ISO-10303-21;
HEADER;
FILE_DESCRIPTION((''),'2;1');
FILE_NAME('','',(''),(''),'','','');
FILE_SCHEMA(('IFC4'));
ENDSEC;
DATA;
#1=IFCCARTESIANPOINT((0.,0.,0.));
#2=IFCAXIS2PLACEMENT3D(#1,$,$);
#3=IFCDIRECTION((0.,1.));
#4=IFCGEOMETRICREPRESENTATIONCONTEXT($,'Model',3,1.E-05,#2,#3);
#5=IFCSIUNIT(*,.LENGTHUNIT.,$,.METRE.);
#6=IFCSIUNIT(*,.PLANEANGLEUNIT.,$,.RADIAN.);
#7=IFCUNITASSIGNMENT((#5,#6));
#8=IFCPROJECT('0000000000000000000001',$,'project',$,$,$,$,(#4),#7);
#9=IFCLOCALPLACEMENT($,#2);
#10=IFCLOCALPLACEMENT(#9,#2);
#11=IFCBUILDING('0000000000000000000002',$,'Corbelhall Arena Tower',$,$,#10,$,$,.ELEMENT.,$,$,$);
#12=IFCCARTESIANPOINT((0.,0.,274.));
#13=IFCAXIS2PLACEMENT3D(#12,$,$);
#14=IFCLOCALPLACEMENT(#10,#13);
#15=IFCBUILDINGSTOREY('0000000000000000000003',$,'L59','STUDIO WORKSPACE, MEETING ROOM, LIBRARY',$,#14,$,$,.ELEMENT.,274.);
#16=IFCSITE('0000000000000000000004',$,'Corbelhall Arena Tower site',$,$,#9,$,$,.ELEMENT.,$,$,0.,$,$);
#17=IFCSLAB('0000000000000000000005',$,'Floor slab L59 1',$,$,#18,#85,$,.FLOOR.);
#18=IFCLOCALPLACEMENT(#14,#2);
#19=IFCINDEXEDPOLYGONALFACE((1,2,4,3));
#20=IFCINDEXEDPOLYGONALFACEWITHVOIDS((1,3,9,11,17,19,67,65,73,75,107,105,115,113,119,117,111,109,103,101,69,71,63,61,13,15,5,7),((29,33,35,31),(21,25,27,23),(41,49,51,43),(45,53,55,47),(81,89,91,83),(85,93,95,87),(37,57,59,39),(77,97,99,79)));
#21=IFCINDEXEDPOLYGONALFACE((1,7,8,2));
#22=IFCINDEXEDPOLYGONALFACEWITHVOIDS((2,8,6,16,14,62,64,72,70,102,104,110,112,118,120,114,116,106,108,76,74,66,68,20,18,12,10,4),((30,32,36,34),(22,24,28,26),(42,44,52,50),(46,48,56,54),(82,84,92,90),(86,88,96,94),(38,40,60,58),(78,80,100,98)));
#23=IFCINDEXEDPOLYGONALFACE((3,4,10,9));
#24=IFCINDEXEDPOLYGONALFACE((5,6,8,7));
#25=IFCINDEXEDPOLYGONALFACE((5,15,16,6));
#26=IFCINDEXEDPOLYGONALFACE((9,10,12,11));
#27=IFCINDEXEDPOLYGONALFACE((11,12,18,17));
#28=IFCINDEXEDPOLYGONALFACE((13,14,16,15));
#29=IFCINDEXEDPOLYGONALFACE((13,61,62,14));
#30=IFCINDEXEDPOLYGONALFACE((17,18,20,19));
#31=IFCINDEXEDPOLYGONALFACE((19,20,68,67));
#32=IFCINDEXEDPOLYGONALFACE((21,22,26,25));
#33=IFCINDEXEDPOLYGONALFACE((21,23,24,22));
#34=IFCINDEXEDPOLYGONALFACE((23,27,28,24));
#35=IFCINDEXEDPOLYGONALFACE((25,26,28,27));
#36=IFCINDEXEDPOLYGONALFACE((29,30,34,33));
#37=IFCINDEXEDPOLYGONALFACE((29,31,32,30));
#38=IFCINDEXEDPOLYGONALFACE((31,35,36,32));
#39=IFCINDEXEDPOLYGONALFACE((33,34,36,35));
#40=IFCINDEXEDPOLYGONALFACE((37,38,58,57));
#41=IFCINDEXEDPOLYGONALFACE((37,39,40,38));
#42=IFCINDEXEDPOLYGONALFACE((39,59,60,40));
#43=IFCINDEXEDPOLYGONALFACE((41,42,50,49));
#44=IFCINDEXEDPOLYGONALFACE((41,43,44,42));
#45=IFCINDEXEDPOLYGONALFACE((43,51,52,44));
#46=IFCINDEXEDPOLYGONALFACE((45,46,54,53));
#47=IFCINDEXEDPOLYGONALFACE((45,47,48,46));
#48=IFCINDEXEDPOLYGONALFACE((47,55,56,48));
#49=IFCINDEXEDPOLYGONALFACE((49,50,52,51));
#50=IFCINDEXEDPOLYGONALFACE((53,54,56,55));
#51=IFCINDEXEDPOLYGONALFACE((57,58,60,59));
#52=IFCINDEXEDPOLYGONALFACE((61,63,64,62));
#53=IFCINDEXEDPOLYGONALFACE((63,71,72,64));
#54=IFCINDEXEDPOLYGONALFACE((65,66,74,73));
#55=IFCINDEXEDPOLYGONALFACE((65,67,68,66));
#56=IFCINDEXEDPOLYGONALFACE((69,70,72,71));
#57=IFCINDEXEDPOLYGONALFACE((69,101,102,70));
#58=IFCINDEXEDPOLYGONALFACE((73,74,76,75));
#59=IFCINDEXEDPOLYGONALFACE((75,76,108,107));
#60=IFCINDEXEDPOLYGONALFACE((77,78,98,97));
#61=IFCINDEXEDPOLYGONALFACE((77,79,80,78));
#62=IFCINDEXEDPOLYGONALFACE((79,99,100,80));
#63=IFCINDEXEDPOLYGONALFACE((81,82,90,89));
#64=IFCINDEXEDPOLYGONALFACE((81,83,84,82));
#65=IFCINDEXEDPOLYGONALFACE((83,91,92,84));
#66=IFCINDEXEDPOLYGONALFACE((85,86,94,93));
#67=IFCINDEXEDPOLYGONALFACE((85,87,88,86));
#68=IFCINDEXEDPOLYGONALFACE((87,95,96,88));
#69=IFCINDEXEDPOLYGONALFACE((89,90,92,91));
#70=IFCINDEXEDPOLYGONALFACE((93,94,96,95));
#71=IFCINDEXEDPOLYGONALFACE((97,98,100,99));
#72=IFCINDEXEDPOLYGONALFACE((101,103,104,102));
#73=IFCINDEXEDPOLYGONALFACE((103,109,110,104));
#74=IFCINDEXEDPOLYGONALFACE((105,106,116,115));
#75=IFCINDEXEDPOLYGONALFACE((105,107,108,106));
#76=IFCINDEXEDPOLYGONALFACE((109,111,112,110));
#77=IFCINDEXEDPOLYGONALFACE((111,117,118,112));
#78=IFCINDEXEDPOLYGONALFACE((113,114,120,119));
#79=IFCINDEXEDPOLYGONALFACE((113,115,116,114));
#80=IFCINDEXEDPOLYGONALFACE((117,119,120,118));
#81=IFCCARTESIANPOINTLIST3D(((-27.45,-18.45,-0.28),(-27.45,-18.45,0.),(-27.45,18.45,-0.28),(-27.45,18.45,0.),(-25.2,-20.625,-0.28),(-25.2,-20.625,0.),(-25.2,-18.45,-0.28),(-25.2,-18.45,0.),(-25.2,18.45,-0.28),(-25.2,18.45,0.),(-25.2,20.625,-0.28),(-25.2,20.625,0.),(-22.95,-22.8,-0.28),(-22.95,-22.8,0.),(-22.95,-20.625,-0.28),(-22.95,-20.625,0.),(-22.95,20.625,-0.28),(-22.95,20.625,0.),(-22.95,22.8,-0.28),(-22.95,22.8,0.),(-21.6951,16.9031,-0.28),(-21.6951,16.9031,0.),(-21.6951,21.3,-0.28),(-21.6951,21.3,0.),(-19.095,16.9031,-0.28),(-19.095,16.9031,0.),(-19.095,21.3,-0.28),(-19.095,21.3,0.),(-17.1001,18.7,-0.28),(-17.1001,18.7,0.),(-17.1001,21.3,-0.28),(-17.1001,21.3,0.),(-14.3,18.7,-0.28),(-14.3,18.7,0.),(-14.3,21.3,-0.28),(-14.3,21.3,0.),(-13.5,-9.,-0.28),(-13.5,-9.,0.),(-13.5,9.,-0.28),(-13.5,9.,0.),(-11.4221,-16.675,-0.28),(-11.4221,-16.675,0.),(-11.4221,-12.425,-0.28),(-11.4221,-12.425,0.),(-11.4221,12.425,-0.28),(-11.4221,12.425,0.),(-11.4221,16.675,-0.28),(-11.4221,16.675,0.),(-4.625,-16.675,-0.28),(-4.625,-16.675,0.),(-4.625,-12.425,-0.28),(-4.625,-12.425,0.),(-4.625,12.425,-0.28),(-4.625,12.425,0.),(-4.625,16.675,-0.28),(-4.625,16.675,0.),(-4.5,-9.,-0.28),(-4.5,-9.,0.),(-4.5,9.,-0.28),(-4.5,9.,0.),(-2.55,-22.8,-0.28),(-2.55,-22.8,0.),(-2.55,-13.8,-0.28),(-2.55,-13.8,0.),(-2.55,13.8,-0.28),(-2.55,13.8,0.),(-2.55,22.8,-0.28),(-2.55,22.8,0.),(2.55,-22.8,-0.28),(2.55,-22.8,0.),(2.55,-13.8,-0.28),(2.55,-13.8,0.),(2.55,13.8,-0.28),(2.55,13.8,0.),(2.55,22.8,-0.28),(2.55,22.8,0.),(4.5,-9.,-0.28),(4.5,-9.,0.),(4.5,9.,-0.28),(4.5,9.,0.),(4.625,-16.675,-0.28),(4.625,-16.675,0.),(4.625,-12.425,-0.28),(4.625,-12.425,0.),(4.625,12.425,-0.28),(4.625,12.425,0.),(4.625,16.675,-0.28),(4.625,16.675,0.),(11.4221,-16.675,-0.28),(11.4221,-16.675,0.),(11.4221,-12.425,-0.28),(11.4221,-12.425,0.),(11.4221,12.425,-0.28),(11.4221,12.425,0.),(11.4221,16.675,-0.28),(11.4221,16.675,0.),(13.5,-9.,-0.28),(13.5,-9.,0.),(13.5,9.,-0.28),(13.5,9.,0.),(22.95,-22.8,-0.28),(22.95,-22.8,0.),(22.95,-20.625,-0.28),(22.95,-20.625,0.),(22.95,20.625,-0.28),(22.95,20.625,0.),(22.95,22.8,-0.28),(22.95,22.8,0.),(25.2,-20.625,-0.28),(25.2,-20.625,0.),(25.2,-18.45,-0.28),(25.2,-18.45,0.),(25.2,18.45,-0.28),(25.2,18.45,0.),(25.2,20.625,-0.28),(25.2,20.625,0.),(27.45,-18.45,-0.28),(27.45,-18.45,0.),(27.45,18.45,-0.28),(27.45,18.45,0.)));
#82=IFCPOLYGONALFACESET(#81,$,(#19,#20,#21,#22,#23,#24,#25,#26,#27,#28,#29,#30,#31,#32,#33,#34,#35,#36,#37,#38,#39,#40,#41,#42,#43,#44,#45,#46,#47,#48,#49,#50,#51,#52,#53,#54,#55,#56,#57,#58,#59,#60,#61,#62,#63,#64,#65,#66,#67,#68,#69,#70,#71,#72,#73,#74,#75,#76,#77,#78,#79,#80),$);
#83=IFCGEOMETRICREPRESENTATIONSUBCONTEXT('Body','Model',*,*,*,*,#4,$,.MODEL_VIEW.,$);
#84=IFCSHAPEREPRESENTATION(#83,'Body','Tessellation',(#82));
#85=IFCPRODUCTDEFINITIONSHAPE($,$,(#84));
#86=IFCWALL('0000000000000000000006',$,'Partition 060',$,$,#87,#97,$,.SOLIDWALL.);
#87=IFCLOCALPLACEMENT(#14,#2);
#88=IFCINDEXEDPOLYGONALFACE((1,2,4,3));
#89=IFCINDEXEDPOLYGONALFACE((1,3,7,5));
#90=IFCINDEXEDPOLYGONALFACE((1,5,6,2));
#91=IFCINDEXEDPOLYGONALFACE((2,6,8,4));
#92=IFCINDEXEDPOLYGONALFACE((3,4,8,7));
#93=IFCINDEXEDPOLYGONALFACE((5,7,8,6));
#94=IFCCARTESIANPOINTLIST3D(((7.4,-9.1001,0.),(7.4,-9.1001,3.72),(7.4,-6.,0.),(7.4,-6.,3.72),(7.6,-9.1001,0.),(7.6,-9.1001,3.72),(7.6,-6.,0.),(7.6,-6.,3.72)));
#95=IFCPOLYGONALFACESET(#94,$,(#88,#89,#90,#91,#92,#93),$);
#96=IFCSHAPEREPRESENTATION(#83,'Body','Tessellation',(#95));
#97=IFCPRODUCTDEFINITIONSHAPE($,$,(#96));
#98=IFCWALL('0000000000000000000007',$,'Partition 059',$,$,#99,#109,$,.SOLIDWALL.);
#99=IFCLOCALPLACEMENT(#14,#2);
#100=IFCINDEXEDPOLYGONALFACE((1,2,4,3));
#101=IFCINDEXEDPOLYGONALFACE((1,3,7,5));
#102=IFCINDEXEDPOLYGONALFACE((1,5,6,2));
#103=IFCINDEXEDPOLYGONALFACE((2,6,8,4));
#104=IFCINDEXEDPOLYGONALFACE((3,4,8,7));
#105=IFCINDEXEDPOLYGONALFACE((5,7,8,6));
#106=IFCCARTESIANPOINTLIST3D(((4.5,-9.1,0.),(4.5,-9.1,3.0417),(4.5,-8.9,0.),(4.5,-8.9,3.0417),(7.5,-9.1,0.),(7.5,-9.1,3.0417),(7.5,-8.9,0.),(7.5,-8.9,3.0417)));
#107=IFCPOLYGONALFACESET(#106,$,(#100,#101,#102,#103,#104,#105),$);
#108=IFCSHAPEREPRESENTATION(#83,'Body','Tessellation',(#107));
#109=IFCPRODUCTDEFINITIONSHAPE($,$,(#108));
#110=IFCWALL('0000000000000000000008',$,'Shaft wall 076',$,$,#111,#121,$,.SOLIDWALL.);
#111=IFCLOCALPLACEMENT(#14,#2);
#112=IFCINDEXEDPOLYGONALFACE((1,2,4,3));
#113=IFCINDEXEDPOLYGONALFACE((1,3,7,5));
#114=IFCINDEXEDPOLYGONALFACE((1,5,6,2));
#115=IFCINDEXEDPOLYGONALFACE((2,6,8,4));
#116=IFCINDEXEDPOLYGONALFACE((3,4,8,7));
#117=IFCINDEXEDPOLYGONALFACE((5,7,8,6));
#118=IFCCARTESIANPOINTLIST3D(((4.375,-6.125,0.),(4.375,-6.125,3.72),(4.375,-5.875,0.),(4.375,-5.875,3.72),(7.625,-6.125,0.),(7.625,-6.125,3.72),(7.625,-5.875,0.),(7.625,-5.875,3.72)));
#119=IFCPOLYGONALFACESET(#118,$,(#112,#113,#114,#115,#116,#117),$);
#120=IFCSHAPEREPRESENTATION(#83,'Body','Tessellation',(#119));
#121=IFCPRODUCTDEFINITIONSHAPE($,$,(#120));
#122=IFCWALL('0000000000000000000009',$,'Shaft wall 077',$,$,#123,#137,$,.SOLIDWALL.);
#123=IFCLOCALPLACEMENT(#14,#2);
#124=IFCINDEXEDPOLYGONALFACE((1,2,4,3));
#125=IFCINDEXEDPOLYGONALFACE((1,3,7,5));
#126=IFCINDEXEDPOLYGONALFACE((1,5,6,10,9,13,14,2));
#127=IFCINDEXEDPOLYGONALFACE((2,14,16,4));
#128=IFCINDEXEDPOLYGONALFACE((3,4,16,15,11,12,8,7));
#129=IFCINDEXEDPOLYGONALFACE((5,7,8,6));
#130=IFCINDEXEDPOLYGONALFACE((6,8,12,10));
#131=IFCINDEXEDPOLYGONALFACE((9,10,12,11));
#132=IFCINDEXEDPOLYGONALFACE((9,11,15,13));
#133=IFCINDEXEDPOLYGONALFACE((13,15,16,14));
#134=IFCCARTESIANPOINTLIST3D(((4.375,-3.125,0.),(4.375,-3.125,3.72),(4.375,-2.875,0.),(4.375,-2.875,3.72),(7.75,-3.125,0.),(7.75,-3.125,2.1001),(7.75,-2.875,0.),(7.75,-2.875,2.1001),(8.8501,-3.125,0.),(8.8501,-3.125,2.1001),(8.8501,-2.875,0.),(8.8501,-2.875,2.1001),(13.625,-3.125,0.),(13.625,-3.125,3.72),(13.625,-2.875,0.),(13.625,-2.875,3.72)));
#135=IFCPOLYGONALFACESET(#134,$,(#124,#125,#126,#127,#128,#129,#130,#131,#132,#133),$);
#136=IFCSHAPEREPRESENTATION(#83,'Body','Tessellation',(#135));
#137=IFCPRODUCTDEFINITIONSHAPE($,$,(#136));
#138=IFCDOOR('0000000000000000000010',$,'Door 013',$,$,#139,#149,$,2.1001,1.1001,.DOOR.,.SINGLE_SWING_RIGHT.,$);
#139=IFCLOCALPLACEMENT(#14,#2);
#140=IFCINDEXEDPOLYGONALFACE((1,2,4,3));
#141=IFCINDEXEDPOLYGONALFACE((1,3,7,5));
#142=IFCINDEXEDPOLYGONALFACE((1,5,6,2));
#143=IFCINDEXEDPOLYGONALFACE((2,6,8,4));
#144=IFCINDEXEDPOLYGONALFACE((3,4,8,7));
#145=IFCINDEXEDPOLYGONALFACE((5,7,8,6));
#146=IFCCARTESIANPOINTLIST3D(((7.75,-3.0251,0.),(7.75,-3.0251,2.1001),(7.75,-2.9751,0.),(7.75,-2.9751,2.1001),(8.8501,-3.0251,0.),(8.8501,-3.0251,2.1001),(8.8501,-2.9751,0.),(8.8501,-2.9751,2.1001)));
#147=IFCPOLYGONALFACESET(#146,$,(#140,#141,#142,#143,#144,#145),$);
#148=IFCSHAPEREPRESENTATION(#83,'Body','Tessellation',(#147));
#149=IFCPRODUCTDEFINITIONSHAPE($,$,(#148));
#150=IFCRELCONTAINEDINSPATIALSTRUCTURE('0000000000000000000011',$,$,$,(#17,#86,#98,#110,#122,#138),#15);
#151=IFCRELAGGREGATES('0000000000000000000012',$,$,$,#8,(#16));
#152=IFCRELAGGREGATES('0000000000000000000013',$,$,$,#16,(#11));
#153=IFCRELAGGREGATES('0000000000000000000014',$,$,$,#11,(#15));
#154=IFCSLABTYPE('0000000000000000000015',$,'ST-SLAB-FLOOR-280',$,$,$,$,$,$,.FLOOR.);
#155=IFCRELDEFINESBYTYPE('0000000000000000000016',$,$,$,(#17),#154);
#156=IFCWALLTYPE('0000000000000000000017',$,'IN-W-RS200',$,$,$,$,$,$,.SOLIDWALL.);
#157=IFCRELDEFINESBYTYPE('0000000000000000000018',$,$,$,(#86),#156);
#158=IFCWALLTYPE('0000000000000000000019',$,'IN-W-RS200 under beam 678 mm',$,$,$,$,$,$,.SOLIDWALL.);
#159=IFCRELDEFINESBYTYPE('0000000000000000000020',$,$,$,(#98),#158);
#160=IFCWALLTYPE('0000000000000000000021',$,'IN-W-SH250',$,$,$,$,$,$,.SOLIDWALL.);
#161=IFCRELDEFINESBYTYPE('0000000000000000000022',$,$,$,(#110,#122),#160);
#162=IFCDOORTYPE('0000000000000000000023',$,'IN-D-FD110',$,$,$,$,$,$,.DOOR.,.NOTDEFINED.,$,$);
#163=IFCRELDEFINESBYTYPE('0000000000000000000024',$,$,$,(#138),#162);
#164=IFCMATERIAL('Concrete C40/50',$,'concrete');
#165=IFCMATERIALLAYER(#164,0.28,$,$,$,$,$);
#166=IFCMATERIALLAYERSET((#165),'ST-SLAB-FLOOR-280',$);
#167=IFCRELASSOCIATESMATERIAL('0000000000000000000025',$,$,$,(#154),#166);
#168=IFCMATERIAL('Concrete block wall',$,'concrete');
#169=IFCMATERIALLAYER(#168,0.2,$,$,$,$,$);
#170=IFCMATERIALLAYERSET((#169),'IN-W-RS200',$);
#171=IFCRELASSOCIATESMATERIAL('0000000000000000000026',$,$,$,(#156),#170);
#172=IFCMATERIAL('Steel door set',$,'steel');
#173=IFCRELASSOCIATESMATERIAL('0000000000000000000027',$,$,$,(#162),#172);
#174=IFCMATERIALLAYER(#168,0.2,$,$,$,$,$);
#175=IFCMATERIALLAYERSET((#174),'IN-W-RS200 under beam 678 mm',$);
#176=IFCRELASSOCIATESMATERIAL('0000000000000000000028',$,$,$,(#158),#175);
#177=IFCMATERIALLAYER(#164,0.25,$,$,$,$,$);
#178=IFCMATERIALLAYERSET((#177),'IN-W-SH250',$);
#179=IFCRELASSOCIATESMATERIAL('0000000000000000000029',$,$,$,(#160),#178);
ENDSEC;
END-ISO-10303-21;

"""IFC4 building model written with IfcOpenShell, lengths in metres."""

from ifc_helpers import new_model, si_unit, direction, frame, frame_2d, origin, place, context, subcontext, project, spatial, polyline, rectangle, outline, extrude, material, layer, layer_set, type_object, element, fill, save


model = new_model("IFC4")

# Units and contexts
model_context = context("Model", 3, precision=1e-05, world=origin(), true_north=direction((0.0, 1.0)))
body_context = subcontext(model_context, "Body", "Model", "MODEL_VIEW")
ifc_project = project(units=[si_unit("LENGTHUNIT", "METRE"), si_unit("PLANEANGLEUNIT", "RADIAN")], contexts=[model_context])

# Site, building, storey
site_placement = place(None, origin())
site = spatial("IfcSite", under=ifc_project, at=site_placement, Name="Corbelhall Arena Tower site", CompositionType="ELEMENT", RefElevation=0.0)
building_placement = place(site_placement, origin())
building = spatial("IfcBuilding", under=site, at=building_placement, Name="Corbelhall Arena Tower", CompositionType="ELEMENT")
storey_placement = place(building_placement, frame((0.0, 0.0, 274.0)))
storey = spatial("IfcBuildingStorey", under=building, at=storey_placement, Name="L59", Description="STUDIO WORKSPACE, MEETING ROOM, LIBRARY", CompositionType="ELEMENT", Elevation=274.0)

# Shared definitions
ifc_material_1 = material(Name="Concrete C40/50", Category="concrete")

# Slab
ifc_layer_1 = layer(ifc_material_1, 0.28)
ifc_layer_set_1 = layer_set([ifc_layer_1], Name="ST-SLAB-FLOOR-280")
slab_type_1 = type_object("IfcSlabType", Name="ST-SLAB-FLOOR-280", PredefinedType="FLOOR", material=ifc_layer_set_1)
slab_1_placement = place(storey_placement, frame((0.0, 0.0, -0.28)))
element("IfcSlab", 1, at=slab_1_placement, inside=storey, type_object=slab_type_1, Name="Floor slab L59 1", PredefinedType="FLOOR", context=body_context, shape_type="SweptSolid", body=[
    extrude(outline(polyline([(22.95, 22.8), (2.55, 22.8), (2.55, 13.8), (-2.55, 13.8), (-2.55, 22.8), (-22.95, 22.8), (-22.95, 20.625), (-25.2, 20.625), (-25.2, 18.45), (-27.45, 18.45), (-27.45, -18.45), (-25.2, -18.45), (-25.2, -20.625), (-22.95, -20.625), (-22.95, -22.8), (-2.55, -22.8), (-2.55, -13.8), (2.55, -13.8), (2.55, -22.8), (22.95, -22.8), (22.95, -20.625), (25.2, -20.625), (25.2, -18.45), (27.45, -18.45), (27.45, 18.45), (25.2, 18.45), (25.2, 20.625), (22.95, 20.625), (22.95, 22.8)]), holes=[polyline([(-13.5, 9.0), (-13.5, -9.0), (-4.5, -9.0), (-4.5, 9.0), (-13.5, 9.0)]), polyline([(4.5, 9.0), (4.5, -9.0), (13.5, -9.0), (13.5, 9.0), (4.5, 9.0)]), polyline([(-4.625, 16.675), (-11.4221, 16.675), (-11.4221, 12.425), (-4.625, 12.425), (-4.625, 16.675)]), polyline([(-4.625, -16.675), (-4.625, -12.425), (-11.4221, -12.425), (-11.4221, -16.675), (-4.625, -16.675)]), polyline([(11.4221, 16.675), (4.625, 16.675), (4.625, 12.425), (11.4221, 12.425), (11.4221, 16.675)]), polyline([(11.4221, -16.675), (11.4221, -12.425), (4.625, -12.425), (4.625, -16.675), (11.4221, -16.675)]), polyline([(-21.6951, 21.3), (-21.6951, 16.9031), (-19.095, 16.9031), (-19.095, 21.3), (-21.6951, 21.3)]), polyline([(-14.3, 21.3), (-17.1001, 21.3), (-17.1001, 18.7), (-14.3, 18.7), (-14.3, 21.3)])]), origin(), (0.0, 0.0, 1.0), 0.28),
])

# Wall
ifc_material_2 = material(Name="Concrete block wall", Category="concrete")
ifc_layer_2 = layer(ifc_material_2, 0.2)
ifc_layer_set_2 = layer_set([ifc_layer_2], Name="IN-W-RS200")
wall_type_1 = type_object("IfcWallType", Name="IN-W-RS200", PredefinedType="SOLIDWALL", material=ifc_layer_set_2)
wall_1_placement = place(storey_placement, frame((7.5, -6.0, 0.0), z_axis=(0.0, 0.0, 1.0), x_axis=(0.0, -1.0, 0.0)))
element("IfcWall", 2, at=wall_1_placement, inside=storey, type_object=wall_type_1, Name="Partition 060", PredefinedType="SOLIDWALL", context=body_context, shape_type="SweptSolid", body=[
    extrude(rectangle(XDim=3.1001, YDim=0.2, at=frame_2d((1.55, 0.0))), origin(), (0.0, 0.0, 1.0), 3.72),
])

# Shared definitions
ifc_material_3 = material(Name="Steel door set", Category="steel")
door_type_1 = type_object("IfcDoorType", Name="IN-D-FD110", OperationType="NOTDEFINED", PredefinedType="DOOR", material=ifc_material_3)
ifc_layer_3 = layer(ifc_material_2, 0.2)
ifc_layer_set_3 = layer_set([ifc_layer_3], Name="IN-W-RS200 under beam 678 mm")
wall_type_2 = type_object("IfcWallType", Name="IN-W-RS200 under beam 678 mm", PredefinedType="SOLIDWALL", material=ifc_layer_set_3)

# Walls
wall_2_placement = place(storey_placement, frame((7.5, -9.0, 0.0), z_axis=(0.0, 0.0, 1.0), x_axis=(-1.0, 0.0, 0.0)))
element("IfcWall", 3, at=wall_2_placement, inside=storey, type_object=wall_type_2, Name="Partition 059", PredefinedType="SOLIDWALL", context=body_context, shape_type="SweptSolid", body=[
    extrude(rectangle(XDim=3.0, YDim=0.2, at=frame_2d((1.5, 0.0))), origin(), (0.0, 0.0, 1.0), 3.0417),
])
ifc_layer_4 = layer(ifc_material_1, 0.25)
ifc_layer_set_4 = layer_set([ifc_layer_4], Name="IN-W-SH250")
wall_type_3 = type_object("IfcWallType", Name="IN-W-SH250", PredefinedType="SOLIDWALL", material=ifc_layer_set_4)
wall_3_placement = place(storey_placement, frame((4.375, -6.0, 0.0), z_axis=(0.0, 0.0, 1.0), x_axis=(1.0, 0.0, 0.0)))
element("IfcWall", 4, at=wall_3_placement, inside=storey, type_object=wall_type_3, Name="Shaft wall 076", PredefinedType="SOLIDWALL", context=body_context, shape_type="SweptSolid", body=[
    extrude(rectangle(XDim=3.25, YDim=0.25, at=frame_2d((1.625, 0.0))), origin(), (0.0, 0.0, 1.0), 3.72),
])

# Wall, opening, door
wall_4_placement = place(storey_placement, frame((4.375, -3.0, 0.0), z_axis=(0.0, 0.0, 1.0), x_axis=(1.0, 0.0, 0.0)))
wall_4 = element("IfcWall", 5, at=wall_4_placement, inside=storey, type_object=wall_type_3, Name="Shaft wall 077", PredefinedType="SOLIDWALL", context=body_context, shape_type="SweptSolid", body=[
    extrude(rectangle(XDim=9.25, YDim=0.25, at=frame_2d((4.625, 0.0))), origin(), (0.0, 0.0, 1.0), 3.72),
])
opening_1_placement = place(wall_4_placement, frame((3.375, 0.0, 0.0)))
opening_1 = element("IfcOpeningElement", 6, at=opening_1_placement, cuts=wall_4, PredefinedType="OPENING", context=body_context, shape_type="SweptSolid", body=[
    extrude(rectangle(XDim=1.1001, YDim=2.1001, at=frame_2d((0.55, 1.05))), frame((0.0, 0.125, 0.0), z_axis=(0.0, -1.0, 0.0), x_axis=(1.0, 0.0, 0.0)), (0.0, 0.0, 1.0), 0.25),
])
door_1_placement = place(opening_1_placement, origin())
door_1 = element("IfcDoor", 7, at=door_1_placement, inside=storey, type_object=door_type_1, Name="Door 013", OperationType="SINGLE_SWING_RIGHT", OverallHeight=2.1001, OverallWidth=1.1001, PredefinedType="DOOR", context=body_context, shape_type="SweptSolid", body=[
    extrude(rectangle(XDim=1.1001, YDim=2.1001, at=frame_2d((0.55, 1.05))), frame((0.0, 0.0249, 0.0), z_axis=(0.0, -1.0, 0.0), x_axis=(1.0, 0.0, 0.0)), (0.0, 0.0, 1.0), 0.05),
])
fill(opening_1, door_1)

save(model, "model.ifc")
